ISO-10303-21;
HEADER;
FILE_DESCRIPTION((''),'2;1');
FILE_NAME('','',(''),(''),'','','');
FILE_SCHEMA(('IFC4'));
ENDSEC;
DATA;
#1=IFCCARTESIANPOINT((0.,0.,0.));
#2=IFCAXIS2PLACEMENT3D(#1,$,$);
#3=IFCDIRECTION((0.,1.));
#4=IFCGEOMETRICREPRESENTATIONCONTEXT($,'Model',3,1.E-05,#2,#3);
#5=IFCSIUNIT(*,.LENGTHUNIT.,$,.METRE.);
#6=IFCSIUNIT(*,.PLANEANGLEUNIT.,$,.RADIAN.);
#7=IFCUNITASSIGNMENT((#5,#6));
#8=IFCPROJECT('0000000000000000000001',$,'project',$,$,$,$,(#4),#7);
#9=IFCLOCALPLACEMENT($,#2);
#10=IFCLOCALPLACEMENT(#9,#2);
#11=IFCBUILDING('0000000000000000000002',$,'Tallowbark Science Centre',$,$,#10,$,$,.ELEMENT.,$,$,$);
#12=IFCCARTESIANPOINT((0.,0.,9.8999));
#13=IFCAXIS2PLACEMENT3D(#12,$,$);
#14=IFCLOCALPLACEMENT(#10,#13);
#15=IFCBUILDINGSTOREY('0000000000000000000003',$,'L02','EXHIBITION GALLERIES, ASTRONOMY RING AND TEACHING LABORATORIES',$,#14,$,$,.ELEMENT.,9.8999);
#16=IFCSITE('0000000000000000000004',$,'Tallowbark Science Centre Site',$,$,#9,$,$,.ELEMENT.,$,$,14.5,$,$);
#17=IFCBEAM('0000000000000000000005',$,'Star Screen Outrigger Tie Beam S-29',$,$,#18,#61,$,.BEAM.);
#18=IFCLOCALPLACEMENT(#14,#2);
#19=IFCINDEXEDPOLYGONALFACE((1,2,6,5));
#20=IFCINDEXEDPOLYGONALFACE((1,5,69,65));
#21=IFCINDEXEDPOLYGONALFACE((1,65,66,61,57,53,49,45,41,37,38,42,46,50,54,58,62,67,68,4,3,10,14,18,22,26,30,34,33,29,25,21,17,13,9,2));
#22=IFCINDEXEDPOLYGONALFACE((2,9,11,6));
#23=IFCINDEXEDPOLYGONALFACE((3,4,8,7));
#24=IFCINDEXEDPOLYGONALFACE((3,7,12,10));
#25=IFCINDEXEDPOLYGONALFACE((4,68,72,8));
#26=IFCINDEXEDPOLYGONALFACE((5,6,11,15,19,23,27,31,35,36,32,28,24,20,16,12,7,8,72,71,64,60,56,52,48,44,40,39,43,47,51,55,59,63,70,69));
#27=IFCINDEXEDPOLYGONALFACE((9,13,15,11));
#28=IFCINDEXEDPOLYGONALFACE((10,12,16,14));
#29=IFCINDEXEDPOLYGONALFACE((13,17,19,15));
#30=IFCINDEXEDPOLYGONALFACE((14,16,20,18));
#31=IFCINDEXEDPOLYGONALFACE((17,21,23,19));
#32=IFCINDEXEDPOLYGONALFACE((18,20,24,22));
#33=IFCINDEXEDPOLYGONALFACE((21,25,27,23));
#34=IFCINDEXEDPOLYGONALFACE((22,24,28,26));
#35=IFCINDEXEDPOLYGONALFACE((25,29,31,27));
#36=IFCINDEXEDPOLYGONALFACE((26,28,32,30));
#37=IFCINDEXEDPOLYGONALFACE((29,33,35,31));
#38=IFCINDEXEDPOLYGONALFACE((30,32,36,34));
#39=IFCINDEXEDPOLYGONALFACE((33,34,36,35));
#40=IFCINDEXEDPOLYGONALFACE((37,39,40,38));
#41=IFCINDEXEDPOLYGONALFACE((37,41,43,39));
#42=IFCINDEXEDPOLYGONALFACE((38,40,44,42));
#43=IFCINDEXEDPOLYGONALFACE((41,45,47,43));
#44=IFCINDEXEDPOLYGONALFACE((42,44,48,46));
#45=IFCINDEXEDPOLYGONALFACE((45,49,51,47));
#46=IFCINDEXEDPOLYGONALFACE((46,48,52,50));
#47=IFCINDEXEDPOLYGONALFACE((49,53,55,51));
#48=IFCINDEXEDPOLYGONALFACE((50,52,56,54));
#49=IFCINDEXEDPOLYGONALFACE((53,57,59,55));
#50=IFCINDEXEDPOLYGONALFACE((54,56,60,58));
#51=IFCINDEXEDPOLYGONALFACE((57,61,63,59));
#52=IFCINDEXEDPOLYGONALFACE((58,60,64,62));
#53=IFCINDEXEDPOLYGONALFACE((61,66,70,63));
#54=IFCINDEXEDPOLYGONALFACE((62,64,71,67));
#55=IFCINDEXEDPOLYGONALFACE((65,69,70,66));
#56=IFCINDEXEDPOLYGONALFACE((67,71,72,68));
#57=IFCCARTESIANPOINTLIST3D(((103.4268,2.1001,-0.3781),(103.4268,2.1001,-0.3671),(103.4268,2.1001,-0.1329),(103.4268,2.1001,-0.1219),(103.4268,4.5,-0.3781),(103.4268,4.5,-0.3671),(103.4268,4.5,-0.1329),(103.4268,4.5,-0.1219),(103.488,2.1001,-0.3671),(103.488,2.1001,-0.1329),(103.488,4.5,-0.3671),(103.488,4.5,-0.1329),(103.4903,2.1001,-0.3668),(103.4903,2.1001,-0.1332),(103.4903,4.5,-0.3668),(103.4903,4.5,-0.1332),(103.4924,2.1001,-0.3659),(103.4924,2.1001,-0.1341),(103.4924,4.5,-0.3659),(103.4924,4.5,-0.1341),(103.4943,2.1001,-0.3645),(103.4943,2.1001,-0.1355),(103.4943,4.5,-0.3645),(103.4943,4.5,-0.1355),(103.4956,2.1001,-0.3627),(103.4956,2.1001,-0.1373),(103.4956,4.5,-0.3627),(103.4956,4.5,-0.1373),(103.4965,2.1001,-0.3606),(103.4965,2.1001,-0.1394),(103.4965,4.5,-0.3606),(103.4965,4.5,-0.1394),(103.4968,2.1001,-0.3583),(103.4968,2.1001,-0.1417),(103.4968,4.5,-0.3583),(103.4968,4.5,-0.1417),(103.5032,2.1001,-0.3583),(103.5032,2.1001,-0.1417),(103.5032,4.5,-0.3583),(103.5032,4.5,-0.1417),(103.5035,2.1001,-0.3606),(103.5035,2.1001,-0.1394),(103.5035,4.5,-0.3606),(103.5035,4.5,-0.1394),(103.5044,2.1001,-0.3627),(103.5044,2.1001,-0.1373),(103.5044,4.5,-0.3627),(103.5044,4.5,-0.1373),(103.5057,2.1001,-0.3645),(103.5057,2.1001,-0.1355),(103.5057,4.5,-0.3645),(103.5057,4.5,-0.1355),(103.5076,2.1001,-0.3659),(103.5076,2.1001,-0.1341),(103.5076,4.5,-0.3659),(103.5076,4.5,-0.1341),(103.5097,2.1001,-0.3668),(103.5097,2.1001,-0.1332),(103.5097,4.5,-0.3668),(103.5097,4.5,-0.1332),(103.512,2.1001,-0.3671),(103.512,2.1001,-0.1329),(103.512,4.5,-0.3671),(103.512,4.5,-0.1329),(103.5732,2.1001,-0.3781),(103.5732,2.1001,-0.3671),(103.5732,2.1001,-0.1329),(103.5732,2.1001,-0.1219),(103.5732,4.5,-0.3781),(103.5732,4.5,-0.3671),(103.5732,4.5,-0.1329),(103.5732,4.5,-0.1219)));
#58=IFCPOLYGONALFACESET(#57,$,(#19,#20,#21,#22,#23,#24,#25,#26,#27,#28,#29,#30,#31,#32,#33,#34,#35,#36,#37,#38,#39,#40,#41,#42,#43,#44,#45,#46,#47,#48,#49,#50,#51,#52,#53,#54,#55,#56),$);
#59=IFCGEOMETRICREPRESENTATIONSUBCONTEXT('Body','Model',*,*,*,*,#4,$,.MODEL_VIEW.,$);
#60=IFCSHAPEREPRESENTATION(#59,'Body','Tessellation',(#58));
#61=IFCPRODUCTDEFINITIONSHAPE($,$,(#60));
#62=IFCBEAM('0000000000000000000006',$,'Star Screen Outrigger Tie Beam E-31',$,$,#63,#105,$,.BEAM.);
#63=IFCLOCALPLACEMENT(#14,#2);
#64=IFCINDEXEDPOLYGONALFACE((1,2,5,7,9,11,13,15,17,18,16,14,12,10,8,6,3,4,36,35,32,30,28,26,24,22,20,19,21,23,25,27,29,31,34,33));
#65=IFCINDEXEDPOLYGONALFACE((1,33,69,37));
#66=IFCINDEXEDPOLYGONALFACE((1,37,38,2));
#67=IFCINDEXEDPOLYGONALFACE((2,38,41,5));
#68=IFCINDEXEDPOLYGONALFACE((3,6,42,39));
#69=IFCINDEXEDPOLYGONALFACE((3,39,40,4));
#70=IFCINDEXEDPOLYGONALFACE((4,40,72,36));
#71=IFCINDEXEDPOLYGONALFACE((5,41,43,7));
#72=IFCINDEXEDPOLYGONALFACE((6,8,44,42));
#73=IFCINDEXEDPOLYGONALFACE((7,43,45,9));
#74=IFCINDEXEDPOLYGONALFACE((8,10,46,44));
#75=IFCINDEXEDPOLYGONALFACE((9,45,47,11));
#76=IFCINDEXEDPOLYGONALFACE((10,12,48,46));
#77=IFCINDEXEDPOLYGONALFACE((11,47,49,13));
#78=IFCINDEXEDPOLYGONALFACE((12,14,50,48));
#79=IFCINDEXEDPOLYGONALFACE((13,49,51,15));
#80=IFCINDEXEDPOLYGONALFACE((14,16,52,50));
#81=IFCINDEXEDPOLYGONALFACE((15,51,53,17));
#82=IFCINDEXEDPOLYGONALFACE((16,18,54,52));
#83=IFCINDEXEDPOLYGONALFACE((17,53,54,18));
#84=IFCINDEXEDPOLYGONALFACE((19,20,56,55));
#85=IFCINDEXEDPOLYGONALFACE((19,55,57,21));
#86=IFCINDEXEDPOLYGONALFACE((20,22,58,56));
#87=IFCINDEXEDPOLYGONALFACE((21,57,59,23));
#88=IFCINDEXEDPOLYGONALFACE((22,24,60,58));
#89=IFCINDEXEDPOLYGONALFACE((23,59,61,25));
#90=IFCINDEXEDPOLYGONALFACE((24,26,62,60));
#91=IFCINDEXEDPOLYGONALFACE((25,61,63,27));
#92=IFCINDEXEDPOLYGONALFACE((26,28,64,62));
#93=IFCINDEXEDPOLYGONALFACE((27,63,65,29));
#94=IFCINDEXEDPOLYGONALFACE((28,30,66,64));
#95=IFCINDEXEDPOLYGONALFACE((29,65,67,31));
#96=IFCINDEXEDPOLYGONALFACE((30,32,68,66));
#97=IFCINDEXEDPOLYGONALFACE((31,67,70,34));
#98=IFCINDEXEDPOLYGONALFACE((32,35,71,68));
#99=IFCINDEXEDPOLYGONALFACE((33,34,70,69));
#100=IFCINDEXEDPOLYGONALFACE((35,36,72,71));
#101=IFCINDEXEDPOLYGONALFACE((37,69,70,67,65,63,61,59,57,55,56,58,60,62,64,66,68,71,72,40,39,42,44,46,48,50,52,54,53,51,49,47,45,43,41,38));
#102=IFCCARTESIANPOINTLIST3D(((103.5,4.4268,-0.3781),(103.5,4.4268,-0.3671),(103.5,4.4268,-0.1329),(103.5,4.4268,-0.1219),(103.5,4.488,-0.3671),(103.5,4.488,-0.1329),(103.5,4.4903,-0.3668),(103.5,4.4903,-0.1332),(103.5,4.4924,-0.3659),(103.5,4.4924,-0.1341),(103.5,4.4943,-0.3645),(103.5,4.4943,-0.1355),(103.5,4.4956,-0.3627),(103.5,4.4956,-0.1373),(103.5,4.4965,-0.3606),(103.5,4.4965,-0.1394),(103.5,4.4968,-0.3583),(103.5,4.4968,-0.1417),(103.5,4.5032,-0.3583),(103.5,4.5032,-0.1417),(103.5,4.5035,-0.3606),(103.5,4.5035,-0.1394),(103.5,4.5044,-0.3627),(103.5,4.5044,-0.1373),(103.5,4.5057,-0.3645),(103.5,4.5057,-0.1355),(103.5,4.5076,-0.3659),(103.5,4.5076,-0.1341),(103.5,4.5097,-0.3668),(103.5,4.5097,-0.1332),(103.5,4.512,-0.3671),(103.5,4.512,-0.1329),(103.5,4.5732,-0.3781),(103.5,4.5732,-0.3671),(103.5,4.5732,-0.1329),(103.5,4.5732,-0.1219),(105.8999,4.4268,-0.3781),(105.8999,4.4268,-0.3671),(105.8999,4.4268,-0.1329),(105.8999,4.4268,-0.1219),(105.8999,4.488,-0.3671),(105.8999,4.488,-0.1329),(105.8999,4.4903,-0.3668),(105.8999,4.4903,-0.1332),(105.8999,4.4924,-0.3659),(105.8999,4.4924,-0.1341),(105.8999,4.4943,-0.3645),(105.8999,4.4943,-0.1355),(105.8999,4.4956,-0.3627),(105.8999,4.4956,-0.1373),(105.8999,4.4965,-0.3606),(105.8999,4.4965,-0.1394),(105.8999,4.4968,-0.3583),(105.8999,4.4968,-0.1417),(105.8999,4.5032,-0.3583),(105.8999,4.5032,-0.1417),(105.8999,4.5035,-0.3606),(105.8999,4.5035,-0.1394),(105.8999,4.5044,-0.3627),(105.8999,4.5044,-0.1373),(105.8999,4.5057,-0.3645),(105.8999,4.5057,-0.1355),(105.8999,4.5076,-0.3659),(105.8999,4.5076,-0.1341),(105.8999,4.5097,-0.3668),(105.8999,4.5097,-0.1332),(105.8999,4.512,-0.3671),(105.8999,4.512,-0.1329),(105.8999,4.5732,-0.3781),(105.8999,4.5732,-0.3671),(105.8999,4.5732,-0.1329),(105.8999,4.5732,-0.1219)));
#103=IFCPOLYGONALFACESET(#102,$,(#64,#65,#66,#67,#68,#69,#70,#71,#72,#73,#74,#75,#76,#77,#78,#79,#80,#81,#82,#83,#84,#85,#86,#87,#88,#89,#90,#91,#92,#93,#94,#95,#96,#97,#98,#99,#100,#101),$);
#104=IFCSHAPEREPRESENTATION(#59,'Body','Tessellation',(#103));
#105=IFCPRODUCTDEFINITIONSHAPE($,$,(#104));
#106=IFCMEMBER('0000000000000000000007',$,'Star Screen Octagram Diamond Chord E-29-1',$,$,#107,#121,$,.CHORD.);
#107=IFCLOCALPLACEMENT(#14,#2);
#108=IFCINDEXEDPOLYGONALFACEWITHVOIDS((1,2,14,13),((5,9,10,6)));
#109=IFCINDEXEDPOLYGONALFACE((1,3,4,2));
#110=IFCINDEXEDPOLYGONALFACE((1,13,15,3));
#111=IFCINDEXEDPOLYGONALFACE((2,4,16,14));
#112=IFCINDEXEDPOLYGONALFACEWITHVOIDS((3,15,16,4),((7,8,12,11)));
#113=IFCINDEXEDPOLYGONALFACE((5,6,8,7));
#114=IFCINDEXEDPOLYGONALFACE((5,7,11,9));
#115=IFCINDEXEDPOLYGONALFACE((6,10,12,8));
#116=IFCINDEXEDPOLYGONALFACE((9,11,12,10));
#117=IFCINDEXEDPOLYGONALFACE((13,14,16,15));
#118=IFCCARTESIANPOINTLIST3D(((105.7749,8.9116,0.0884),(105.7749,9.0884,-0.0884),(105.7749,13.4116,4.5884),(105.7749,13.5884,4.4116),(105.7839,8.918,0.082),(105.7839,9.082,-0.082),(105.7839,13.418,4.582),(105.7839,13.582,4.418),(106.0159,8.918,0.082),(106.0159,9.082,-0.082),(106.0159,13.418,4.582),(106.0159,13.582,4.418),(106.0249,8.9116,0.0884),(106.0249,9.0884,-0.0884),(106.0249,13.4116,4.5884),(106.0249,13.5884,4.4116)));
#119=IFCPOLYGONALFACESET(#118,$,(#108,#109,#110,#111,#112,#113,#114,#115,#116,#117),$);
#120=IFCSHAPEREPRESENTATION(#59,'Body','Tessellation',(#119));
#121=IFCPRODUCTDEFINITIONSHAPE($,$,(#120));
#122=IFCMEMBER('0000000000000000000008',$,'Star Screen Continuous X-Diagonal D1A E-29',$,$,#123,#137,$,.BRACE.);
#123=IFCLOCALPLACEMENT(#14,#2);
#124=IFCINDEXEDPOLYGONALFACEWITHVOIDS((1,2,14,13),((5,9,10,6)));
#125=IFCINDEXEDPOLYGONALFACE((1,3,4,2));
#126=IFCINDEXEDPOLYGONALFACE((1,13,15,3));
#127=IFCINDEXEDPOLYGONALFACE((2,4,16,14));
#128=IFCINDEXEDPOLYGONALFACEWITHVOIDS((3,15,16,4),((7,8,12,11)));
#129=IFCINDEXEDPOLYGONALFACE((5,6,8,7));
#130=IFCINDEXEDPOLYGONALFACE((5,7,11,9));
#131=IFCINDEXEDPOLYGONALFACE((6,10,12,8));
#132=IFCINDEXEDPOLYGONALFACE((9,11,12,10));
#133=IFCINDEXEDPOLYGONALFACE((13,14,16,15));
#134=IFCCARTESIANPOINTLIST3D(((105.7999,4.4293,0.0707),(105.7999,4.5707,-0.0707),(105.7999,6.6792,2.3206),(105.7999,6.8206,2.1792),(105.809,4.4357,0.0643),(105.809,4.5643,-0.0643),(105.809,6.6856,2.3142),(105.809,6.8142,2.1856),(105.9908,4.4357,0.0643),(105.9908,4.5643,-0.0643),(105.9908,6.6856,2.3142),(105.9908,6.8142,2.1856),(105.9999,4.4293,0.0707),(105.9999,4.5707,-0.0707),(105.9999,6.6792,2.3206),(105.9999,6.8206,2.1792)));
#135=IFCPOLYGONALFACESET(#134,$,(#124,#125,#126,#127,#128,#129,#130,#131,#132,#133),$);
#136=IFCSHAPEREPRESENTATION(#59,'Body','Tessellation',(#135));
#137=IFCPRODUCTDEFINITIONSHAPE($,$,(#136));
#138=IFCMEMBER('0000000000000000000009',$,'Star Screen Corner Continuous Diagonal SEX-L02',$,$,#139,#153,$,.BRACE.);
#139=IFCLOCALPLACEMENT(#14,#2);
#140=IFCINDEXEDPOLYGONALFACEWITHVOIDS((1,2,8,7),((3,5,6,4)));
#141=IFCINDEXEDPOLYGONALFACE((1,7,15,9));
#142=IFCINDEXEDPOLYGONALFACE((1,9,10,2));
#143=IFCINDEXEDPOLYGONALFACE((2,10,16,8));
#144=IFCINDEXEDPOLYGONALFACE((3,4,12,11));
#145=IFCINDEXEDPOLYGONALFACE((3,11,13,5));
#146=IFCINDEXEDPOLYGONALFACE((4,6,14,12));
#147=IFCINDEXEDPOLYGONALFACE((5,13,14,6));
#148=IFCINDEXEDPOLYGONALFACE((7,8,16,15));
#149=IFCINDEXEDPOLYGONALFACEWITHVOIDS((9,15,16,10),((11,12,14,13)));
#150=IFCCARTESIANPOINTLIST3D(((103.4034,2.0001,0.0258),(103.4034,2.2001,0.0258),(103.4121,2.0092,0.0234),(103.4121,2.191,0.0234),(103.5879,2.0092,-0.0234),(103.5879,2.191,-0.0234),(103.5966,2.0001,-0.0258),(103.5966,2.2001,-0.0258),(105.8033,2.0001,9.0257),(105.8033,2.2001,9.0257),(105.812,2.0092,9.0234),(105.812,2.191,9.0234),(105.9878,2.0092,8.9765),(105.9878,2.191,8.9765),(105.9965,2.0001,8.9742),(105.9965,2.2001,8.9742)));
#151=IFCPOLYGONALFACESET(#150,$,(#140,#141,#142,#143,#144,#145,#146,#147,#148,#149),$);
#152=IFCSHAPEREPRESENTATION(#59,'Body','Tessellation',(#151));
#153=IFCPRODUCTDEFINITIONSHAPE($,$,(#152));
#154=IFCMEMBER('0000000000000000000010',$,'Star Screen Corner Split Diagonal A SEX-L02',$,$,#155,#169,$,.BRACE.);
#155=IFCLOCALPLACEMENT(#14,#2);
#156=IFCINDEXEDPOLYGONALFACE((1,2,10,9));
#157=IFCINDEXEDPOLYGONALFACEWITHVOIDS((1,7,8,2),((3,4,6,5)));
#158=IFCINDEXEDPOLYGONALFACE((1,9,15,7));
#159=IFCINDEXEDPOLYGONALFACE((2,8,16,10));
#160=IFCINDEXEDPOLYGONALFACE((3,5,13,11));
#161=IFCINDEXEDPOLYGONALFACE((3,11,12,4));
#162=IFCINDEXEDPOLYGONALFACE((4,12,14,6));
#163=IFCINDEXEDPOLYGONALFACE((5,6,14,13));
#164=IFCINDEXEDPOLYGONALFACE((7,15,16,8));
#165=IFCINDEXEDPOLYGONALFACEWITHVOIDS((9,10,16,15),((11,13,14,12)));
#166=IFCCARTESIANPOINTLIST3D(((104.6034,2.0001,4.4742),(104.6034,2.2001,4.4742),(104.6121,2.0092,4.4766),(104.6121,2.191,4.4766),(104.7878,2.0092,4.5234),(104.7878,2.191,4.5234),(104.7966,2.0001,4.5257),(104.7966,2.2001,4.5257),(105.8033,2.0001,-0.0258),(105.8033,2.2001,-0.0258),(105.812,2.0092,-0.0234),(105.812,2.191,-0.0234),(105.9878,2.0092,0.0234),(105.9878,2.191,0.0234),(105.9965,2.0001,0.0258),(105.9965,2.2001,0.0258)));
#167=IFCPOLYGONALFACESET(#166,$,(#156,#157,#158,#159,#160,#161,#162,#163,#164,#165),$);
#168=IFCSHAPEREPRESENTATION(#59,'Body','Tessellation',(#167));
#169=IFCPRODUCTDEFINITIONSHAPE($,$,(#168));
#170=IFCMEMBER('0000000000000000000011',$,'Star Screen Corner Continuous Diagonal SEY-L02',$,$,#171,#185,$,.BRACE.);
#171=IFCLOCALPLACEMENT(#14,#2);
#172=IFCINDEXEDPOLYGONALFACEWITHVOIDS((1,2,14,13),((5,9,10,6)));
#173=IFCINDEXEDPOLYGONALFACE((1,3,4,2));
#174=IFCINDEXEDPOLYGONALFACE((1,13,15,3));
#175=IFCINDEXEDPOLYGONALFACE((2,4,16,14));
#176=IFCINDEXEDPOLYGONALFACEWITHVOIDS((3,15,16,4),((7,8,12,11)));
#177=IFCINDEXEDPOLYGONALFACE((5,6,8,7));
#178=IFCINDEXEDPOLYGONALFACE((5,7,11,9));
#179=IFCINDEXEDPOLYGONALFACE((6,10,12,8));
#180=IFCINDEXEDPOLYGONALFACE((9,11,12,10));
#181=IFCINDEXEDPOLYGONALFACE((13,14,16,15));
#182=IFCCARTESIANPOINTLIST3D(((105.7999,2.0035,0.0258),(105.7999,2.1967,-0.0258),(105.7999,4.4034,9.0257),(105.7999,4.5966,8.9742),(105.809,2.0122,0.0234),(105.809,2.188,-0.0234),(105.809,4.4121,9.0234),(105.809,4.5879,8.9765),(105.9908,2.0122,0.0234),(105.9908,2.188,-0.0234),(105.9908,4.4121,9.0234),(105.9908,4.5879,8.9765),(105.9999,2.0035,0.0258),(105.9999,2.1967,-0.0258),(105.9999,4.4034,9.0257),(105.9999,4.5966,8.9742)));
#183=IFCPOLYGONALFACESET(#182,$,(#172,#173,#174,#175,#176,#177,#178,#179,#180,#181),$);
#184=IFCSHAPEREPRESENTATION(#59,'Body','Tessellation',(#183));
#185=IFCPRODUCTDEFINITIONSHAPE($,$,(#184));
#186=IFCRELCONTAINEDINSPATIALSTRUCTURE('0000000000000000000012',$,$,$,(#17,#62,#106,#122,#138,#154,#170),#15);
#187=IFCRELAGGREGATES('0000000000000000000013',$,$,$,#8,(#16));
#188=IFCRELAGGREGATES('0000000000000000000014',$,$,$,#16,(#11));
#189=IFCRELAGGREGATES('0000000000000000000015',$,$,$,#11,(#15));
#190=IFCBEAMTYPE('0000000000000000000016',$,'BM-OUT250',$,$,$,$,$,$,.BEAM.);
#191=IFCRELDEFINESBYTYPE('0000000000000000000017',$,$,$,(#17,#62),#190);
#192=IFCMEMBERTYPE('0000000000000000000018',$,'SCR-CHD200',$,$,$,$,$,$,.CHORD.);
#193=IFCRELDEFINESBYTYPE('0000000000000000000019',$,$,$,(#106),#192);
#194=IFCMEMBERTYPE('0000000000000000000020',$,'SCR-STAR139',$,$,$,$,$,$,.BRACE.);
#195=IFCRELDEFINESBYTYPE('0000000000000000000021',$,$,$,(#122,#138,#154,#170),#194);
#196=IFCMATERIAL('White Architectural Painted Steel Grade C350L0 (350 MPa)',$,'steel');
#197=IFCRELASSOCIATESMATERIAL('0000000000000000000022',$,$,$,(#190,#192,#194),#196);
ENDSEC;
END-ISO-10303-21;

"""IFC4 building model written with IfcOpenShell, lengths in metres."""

from ifc_helpers import new_model, si_unit, direction, frame, origin, origin_2d, place, context, subcontext, project, spatial, hollow_rectangle, i_section, extrude, material, material_profile, profile_set, type_object, element, save


model = new_model("IFC4")

# Units and contexts
model_context = context("Model", 3, precision=1e-05, world=origin(), true_north=direction((0.0, 1.0)))
body_context = subcontext(model_context, "Body", "Model", "MODEL_VIEW")
ifc_project = project(units=[si_unit("LENGTHUNIT", "METRE"), si_unit("PLANEANGLEUNIT", "RADIAN")], contexts=[model_context])

# Site, building, storey
site_placement = place(None, origin())
site = spatial("IfcSite", under=ifc_project, at=site_placement, Name="Tallowbark Science Centre Site", CompositionType="ELEMENT", RefElevation=14.5)
building_placement = place(site_placement, origin())
building = spatial("IfcBuilding", under=site, at=building_placement, Name="Tallowbark Science Centre", CompositionType="ELEMENT")
storey_placement = place(building_placement, frame((0.0, 0.0, 9.8999)))
storey = spatial("IfcBuildingStorey", under=building, at=storey_placement, Name="L02", Description="EXHIBITION GALLERIES, ASTRONOMY RING AND TEACHING LABORATORIES", CompositionType="ELEMENT", Elevation=9.8999)

# Shared definitions
ifc_material_1 = material(Name="White Architectural Painted Steel Grade C350L0 (350 MPa)", Category="steel")

# Beams
ifc_material_profile_1 = material_profile(ifc_material_1, i_section(OverallWidth=0.1465, OverallDepth=0.2561, WebThickness=0.0063, FlangeThickness=0.011, FilletRadius=0.0088, at=origin_2d()), Name="250UB37.3")
ifc_profile_set_1 = profile_set([ifc_material_profile_1], Name="White Architectural Painted Steel Grade C350L0 (350 MPa)")
beam_type_1 = type_object("IfcBeamType", Name="BM-OUT250", PredefinedType="BEAM", material=ifc_profile_set_1)
for number, where, z_axis, x_axis, name in (
    (1, (103.5, 4.5, -0.25), (0.0, -1.0, 0.0), (1.0, 0.0, 0.0), "Star Screen Outrigger Tie Beam S-29"),
    (2, (103.5, 4.5, -0.25), (1.0, 0.0, 0.0), (0.0, 1.0, 0.0), "Star Screen Outrigger Tie Beam E-31"),
):
    element("IfcBeam", number, at=place(storey_placement, frame(where, z_axis=z_axis, x_axis=x_axis)), inside=storey, type_object=beam_type_1, Name=name, PredefinedType="BEAM", context=body_context, shape_type="SweptSolid", body=[
        extrude(i_section(OverallWidth=0.1465, OverallDepth=0.2561, WebThickness=0.0063, FlangeThickness=0.011, FilletRadius=0.0088, at=origin_2d()), origin(), (0.0, 0.0, 1.0), 2.3999),
    ])

# Members
ifc_material_profile_2 = material_profile(ifc_material_1, hollow_rectangle(XDim=0.25, YDim=0.25, WallThickness=0.009, at=origin_2d()), Name="250x250x9.0SHS")
ifc_profile_set_2 = profile_set([ifc_material_profile_2], Name="White Architectural Painted Steel Grade C350L0 (350 MPa)")
member_type_1 = type_object("IfcMemberType", Name="SCR-CHD200", PredefinedType="CHORD", material=ifc_profile_set_2)
member_1_placement = place(storey_placement, frame((105.8999, 9.0, 0.0), z_axis=(0.0, 0.707107, 0.707107), x_axis=(-1.0, 0.0, 0.0)))
element("IfcMember", 3, at=member_1_placement, inside=storey, type_object=member_type_1, Name="Star Screen Octagram Diamond Chord E-29-1", PredefinedType="CHORD", context=body_context, shape_type="SweptSolid", body=[
    extrude(hollow_rectangle(XDim=0.25, YDim=0.25, WallThickness=0.009, at=origin_2d()), origin(), (0.0, 0.0, 1.0), 6.364),
])
ifc_material_profile_3 = material_profile(ifc_material_1, hollow_rectangle(XDim=0.2, YDim=0.2, WallThickness=0.009, at=origin_2d()), Name="200x200x9.0SHS")
ifc_profile_set_3 = profile_set([ifc_material_profile_3], Name="White Architectural Painted Steel Grade C350L0 (350 MPa)")
member_type_2 = type_object("IfcMemberType", Name="SCR-STAR139", PredefinedType="BRACE", material=ifc_profile_set_3)
member_2_placement = place(storey_placement, frame((105.8999, 4.5, 0.0), z_axis=(0.0, 0.707107, 0.707107), x_axis=(-1.0, 0.0, 0.0)))
element("IfcMember", 4, at=member_2_placement, inside=storey, type_object=member_type_2, Name="Star Screen Continuous X-Diagonal D1A E-29", PredefinedType="BRACE", context=body_context, shape_type="SweptSolid", body=[
    extrude(hollow_rectangle(XDim=0.2, YDim=0.2, WallThickness=0.009, at=origin_2d()), origin(), (0.0, 0.0, 1.0), 3.1819),
])
member_3_placement = place(storey_placement, frame((103.5, 2.1001, 0.0), z_axis=(0.257653, 0.0, 0.966238), x_axis=(0.0, 1.0, 0.0)))
element("IfcMember", 5, at=member_3_placement, inside=storey, type_object=member_type_2, Name="Star Screen Corner Continuous Diagonal SEX-L02", PredefinedType="BRACE", context=body_context, shape_type="SweptSolid", body=[
    extrude(hollow_rectangle(XDim=0.2, YDim=0.2, WallThickness=0.009, at=origin_2d()), origin(), (0.0, 0.0, 1.0), 9.3145),
])
member_4_placement = place(storey_placement, frame((105.8999, 2.1001, 0.0), z_axis=(-0.257653, 0.0, 0.966238), x_axis=(0.0, -1.0, 0.0)))
element("IfcMember", 6, at=member_4_placement, inside=storey, type_object=member_type_2, Name="Star Screen Corner Split Diagonal A SEX-L02", PredefinedType="BRACE", context=body_context, shape_type="SweptSolid", body=[
    extrude(hollow_rectangle(XDim=0.2, YDim=0.2, WallThickness=0.009, at=origin_2d()), origin(), (0.0, 0.0, 1.0), 4.6572),
])
member_5_placement = place(storey_placement, frame((105.8999, 2.1001, 0.0), z_axis=(0.0, 0.257653, 0.966238), x_axis=(-1.0, 0.0, 0.0)))
element("IfcMember", 7, at=member_5_placement, inside=storey, type_object=member_type_2, Name="Star Screen Corner Continuous Diagonal SEY-L02", PredefinedType="BRACE", context=body_context, shape_type="SweptSolid", body=[
    extrude(hollow_rectangle(XDim=0.2, YDim=0.2, WallThickness=0.009, at=origin_2d()), origin(), (0.0, 0.0, 1.0), 9.3145),
])

save(model, "model.ifc")
